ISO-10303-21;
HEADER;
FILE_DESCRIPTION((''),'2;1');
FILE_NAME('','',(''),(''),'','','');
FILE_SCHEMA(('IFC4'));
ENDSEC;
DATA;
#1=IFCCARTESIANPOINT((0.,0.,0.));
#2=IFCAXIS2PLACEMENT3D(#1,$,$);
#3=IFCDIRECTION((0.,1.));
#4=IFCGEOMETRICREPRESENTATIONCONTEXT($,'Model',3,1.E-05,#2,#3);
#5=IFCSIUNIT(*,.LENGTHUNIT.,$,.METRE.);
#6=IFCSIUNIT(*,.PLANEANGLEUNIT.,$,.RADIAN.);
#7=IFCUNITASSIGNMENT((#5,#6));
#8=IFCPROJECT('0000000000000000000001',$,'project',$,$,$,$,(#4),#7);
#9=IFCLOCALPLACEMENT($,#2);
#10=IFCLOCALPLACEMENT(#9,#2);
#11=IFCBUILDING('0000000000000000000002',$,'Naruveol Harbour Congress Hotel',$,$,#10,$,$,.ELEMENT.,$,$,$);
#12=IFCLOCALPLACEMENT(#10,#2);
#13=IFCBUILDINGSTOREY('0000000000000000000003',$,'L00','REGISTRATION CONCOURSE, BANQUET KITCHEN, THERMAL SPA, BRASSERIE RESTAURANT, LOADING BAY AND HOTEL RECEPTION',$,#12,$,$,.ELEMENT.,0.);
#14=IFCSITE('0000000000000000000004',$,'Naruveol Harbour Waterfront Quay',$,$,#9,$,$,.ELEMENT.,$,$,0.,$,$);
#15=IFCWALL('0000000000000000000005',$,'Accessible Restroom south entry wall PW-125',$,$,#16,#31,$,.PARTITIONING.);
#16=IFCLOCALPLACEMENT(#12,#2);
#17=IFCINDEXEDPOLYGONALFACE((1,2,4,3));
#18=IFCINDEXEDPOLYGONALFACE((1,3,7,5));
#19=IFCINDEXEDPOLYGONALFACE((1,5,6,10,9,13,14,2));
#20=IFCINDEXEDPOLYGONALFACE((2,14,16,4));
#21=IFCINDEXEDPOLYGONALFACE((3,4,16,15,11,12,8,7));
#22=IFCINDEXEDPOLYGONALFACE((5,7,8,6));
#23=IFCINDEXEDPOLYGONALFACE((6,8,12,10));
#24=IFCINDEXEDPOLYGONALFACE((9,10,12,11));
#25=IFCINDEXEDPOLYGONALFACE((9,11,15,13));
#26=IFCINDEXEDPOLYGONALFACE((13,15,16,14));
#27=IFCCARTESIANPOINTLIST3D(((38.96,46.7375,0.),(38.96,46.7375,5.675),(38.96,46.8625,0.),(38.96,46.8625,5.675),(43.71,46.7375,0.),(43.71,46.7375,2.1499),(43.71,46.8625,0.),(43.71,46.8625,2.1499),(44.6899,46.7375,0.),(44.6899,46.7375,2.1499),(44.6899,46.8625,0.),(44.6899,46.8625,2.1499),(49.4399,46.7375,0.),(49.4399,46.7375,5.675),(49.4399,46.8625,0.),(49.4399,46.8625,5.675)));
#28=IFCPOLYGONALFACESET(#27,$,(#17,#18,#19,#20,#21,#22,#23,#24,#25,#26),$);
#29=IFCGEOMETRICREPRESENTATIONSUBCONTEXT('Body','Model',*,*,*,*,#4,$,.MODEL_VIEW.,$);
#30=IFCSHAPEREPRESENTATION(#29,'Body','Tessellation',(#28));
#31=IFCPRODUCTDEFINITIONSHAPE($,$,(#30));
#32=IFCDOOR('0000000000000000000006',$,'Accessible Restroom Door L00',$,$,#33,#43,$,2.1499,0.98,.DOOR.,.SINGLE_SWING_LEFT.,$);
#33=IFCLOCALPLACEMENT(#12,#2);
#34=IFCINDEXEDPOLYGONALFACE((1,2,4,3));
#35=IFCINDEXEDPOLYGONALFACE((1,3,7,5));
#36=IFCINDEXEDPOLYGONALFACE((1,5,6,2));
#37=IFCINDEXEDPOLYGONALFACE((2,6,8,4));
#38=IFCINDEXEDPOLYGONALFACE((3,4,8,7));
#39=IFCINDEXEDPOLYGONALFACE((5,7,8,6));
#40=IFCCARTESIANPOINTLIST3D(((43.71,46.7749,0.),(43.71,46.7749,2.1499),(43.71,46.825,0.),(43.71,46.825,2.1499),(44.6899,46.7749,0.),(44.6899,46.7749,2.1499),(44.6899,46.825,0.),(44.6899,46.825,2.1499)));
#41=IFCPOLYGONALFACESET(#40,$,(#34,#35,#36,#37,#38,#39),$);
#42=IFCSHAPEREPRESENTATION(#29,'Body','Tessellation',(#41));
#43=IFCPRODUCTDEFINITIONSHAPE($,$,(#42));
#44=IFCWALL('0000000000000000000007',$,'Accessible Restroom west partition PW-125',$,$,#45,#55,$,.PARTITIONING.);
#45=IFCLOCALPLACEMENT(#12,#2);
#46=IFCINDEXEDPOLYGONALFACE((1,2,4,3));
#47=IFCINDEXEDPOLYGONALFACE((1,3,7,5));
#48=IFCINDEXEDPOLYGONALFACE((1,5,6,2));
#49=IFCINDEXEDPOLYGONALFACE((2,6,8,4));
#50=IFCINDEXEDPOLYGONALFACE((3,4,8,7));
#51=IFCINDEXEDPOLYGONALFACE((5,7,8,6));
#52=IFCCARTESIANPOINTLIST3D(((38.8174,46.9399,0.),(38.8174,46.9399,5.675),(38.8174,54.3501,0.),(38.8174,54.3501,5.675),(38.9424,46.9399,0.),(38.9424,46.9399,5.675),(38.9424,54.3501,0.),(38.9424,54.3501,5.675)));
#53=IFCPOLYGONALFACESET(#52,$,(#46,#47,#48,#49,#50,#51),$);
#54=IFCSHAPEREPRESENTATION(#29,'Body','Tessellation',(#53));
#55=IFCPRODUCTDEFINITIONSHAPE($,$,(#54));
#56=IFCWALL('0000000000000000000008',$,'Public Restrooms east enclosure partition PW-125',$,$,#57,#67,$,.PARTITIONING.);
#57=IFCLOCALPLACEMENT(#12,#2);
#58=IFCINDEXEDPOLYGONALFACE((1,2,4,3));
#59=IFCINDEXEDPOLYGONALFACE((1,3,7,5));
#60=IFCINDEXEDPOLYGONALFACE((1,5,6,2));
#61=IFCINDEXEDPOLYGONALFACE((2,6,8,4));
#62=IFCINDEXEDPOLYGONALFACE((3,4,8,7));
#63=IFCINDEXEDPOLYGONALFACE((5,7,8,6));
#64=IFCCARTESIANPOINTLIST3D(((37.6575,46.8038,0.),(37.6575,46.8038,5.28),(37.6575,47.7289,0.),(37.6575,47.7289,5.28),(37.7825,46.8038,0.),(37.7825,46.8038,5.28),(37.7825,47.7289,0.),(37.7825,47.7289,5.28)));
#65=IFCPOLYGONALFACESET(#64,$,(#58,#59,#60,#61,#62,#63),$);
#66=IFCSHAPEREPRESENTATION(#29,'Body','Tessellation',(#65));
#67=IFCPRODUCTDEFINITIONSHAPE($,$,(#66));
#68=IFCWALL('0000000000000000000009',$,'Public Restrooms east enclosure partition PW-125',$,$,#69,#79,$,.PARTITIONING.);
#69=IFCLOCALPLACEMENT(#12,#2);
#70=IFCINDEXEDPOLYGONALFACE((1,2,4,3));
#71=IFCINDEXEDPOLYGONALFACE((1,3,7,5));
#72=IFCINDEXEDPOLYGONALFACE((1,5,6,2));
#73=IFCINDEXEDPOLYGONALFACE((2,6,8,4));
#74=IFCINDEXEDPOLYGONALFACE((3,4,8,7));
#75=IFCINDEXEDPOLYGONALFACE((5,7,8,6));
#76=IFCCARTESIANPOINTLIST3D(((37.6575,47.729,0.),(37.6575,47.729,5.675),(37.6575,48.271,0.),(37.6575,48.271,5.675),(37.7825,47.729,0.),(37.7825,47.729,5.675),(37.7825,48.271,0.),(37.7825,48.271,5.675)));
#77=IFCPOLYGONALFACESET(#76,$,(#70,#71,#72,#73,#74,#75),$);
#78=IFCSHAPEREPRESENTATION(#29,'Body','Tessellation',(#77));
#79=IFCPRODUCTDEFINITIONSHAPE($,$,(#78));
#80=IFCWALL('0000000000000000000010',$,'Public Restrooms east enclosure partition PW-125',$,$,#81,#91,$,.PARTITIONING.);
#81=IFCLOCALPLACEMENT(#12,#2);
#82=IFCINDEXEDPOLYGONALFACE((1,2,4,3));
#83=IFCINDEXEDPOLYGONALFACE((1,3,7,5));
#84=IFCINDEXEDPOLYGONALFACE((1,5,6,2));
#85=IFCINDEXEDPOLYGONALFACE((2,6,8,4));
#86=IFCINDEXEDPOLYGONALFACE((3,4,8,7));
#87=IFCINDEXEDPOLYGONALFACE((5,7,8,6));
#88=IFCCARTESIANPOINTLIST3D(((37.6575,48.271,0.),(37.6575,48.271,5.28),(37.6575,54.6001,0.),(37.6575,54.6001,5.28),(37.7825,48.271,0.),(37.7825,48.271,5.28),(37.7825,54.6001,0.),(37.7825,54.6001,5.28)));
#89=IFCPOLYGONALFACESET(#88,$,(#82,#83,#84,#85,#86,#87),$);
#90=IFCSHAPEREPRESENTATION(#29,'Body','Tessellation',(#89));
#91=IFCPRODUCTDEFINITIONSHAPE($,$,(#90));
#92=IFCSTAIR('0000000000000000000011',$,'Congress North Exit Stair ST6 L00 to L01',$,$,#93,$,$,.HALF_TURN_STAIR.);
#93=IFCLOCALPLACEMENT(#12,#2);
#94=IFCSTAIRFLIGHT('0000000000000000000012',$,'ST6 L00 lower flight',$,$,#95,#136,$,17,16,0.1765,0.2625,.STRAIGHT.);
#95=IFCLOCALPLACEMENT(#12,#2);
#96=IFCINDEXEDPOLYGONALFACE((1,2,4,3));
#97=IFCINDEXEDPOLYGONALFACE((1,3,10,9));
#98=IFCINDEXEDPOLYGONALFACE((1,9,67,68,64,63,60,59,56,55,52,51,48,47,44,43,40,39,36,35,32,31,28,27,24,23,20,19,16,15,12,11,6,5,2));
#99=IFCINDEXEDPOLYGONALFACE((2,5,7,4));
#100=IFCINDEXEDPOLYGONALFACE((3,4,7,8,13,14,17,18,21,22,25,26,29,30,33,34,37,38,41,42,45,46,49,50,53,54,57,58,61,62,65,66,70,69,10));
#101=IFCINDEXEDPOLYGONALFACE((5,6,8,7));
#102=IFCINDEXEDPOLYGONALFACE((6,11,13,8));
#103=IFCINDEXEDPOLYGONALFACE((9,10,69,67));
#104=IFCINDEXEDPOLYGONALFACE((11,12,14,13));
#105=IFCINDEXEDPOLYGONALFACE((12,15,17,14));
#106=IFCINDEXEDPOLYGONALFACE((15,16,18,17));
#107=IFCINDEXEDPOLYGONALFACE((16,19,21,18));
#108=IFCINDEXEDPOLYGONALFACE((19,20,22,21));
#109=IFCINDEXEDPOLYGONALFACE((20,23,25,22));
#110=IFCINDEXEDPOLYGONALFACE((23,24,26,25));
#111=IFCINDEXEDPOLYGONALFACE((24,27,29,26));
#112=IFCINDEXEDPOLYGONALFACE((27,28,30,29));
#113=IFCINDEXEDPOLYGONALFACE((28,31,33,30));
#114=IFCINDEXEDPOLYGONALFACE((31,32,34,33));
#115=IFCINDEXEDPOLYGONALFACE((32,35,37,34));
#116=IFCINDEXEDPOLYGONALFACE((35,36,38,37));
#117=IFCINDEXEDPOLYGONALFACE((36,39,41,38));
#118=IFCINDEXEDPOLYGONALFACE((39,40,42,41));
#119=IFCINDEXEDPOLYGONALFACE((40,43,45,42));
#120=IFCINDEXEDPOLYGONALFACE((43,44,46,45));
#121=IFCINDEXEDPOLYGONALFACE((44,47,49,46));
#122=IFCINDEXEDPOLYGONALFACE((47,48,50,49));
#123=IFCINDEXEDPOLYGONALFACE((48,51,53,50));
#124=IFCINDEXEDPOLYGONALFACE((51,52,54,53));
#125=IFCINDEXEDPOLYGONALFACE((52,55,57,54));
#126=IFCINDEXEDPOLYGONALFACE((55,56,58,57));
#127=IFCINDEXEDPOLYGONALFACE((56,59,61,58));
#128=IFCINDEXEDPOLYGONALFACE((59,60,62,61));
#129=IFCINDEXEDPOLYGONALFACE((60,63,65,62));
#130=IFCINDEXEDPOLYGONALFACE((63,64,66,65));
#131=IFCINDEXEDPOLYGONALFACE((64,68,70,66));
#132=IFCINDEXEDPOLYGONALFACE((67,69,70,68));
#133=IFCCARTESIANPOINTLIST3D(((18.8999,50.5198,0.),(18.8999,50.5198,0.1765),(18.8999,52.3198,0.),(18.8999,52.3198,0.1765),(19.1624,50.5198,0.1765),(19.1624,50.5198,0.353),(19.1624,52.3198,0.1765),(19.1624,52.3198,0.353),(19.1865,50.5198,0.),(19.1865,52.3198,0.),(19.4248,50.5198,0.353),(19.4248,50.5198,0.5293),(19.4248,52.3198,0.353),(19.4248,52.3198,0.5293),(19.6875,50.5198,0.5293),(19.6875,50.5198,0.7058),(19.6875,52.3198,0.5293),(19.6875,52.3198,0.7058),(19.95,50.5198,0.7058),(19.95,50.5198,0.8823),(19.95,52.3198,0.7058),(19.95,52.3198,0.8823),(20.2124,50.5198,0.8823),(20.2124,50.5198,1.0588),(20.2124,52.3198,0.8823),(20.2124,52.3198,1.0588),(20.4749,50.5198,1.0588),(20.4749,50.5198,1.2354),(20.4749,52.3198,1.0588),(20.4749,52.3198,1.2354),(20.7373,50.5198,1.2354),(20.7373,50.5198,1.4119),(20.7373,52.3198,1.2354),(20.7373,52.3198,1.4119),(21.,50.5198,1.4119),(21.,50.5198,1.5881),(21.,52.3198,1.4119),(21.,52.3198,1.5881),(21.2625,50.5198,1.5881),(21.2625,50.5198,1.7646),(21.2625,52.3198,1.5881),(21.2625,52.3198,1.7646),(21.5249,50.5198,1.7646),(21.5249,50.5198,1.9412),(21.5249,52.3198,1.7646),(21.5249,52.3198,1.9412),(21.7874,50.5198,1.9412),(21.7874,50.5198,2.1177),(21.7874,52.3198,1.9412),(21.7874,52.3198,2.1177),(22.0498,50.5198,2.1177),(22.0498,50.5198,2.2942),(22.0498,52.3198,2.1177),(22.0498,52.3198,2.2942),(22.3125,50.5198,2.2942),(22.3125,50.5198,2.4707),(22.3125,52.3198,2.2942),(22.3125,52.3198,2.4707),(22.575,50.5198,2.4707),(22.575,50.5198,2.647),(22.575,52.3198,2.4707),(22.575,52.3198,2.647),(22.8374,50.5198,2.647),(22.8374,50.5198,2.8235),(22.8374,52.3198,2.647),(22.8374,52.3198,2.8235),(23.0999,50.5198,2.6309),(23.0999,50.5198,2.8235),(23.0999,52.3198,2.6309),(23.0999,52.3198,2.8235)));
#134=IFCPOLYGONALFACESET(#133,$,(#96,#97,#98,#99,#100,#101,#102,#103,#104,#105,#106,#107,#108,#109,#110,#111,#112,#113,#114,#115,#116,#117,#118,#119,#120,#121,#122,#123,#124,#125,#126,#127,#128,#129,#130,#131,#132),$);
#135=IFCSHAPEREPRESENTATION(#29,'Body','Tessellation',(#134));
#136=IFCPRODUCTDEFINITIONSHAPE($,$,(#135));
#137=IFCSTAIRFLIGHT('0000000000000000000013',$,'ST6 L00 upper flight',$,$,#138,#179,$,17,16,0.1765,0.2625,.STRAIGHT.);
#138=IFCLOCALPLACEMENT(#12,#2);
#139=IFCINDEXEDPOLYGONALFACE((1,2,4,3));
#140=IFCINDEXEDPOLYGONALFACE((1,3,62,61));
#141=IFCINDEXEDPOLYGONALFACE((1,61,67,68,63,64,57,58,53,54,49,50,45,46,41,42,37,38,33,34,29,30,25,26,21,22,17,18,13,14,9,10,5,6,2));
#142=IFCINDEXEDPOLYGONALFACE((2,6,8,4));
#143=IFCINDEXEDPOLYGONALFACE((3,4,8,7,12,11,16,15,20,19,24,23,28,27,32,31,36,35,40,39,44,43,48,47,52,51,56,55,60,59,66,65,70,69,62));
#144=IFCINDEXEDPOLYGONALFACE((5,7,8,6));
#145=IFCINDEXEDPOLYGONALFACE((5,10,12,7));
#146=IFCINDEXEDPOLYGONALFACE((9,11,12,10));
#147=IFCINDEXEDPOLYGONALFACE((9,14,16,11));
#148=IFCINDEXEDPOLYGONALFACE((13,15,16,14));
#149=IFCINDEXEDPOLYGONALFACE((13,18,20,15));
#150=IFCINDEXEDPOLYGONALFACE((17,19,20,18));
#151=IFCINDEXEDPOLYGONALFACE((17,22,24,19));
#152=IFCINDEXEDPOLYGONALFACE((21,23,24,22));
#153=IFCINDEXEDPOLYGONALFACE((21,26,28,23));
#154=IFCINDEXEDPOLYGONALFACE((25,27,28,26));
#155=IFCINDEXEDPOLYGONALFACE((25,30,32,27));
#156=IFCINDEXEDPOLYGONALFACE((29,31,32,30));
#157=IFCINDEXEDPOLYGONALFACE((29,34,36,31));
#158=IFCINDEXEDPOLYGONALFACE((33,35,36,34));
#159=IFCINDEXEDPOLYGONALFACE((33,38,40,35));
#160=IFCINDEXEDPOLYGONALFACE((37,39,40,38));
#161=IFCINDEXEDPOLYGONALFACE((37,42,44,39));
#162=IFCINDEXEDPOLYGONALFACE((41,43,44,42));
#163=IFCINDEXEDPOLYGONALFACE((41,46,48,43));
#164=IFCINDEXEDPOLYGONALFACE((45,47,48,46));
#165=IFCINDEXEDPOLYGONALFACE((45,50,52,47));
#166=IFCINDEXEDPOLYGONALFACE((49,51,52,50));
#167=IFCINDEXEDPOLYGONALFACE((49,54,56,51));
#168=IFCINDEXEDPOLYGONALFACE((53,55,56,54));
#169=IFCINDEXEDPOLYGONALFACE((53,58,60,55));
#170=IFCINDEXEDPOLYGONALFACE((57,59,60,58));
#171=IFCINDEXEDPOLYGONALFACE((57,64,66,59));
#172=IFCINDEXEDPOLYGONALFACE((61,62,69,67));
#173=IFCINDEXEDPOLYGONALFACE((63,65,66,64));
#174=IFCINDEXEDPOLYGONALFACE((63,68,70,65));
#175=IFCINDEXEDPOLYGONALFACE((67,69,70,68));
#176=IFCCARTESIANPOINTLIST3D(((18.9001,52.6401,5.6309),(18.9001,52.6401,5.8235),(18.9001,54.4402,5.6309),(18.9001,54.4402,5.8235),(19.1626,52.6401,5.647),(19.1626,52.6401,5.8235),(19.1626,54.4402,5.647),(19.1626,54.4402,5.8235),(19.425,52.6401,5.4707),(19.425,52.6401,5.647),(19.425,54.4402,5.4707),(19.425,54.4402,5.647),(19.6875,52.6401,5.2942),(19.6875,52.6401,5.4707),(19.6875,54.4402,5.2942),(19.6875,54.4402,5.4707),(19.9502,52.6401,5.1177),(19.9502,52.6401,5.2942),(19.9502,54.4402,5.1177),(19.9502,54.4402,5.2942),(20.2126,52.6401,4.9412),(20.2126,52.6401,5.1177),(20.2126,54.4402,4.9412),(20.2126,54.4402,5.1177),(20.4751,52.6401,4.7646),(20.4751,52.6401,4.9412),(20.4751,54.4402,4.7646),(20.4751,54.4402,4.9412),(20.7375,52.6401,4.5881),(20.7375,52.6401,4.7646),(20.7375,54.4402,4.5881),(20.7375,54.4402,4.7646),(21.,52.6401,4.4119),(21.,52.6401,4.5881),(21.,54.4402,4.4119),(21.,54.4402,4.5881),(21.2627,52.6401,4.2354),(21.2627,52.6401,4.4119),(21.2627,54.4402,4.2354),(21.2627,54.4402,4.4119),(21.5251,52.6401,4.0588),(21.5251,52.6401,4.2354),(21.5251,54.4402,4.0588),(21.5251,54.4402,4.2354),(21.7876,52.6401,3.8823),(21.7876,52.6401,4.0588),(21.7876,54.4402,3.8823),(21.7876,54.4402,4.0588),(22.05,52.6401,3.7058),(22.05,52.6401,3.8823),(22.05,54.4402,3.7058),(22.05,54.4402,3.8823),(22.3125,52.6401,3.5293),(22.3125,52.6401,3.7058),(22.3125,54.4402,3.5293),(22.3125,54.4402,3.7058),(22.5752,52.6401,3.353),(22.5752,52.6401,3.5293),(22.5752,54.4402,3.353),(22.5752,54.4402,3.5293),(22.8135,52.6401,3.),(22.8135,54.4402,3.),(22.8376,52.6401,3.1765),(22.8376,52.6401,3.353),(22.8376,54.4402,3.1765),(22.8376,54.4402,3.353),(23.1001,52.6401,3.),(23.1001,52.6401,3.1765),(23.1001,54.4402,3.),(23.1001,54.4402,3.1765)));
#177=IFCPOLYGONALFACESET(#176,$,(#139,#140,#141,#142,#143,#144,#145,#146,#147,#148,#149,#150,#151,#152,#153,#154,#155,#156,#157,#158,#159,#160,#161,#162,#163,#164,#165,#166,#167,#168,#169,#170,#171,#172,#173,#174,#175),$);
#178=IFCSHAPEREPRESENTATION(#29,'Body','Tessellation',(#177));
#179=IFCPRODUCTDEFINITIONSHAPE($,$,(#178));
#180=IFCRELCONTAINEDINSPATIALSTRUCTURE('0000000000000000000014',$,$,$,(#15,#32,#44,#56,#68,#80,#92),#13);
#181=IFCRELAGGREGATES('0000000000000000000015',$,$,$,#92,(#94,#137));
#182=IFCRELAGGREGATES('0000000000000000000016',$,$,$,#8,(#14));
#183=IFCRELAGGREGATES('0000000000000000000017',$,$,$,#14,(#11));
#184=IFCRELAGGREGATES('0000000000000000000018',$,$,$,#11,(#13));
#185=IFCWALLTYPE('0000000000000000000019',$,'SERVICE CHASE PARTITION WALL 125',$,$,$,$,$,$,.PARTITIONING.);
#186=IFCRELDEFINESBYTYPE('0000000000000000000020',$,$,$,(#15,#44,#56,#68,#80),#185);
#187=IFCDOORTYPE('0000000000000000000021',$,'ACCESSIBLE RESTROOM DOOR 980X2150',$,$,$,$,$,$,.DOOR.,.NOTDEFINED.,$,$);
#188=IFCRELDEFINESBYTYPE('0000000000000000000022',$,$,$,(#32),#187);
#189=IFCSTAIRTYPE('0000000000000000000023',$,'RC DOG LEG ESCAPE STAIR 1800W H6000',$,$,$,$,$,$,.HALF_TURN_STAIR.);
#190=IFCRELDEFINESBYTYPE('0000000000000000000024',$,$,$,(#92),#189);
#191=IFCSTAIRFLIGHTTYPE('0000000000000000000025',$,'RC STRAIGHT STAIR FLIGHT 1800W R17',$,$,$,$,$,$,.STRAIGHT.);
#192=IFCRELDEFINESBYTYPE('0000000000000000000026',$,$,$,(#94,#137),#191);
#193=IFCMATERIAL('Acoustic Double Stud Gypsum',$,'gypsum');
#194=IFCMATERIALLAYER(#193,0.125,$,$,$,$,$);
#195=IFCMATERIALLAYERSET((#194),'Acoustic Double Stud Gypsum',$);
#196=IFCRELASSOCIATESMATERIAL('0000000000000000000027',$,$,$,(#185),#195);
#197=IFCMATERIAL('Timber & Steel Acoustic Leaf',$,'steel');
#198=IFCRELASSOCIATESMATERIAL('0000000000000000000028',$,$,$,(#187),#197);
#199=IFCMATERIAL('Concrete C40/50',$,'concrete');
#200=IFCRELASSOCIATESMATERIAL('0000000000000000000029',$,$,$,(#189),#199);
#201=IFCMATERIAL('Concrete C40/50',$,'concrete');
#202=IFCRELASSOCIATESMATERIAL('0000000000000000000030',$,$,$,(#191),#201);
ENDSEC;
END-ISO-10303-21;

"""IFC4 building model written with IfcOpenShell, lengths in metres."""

from ifc_helpers import new_model, si_unit, direction, frame, frame_2d, origin, place, context, subcontext, project, spatial, polyline, rectangle, outline, extrude, material, layer, layer_set, type_object, element, fill, aggregate, save


model = new_model("IFC4")

# Units and contexts
model_context = context("Model", 3, precision=1e-05, world=origin(), true_north=direction((0.0, 1.0)))
body_context = subcontext(model_context, "Body", "Model", "MODEL_VIEW")
ifc_project = project(units=[si_unit("LENGTHUNIT", "METRE"), si_unit("PLANEANGLEUNIT", "RADIAN")], contexts=[model_context])

# Site, building, storey
site_placement = place(None, origin())
site = spatial("IfcSite", under=ifc_project, at=site_placement, Name="Naruveol Harbour Waterfront Quay", CompositionType="ELEMENT", RefElevation=0.0)
building_placement = place(site_placement, origin())
building = spatial("IfcBuilding", under=site, at=building_placement, Name="Naruveol Harbour Congress Hotel", CompositionType="ELEMENT")
storey_placement = place(building_placement, origin())
storey = spatial("IfcBuildingStorey", under=building, at=storey_placement, Name="L00", Description="REGISTRATION CONCOURSE, BANQUET KITCHEN, THERMAL SPA, BRASSERIE RESTAURANT, LOADING BAY AND HOTEL RECEPTION", CompositionType="ELEMENT", Elevation=0.0)

# Shared definitions
ifc_material_1 = material(Name="Acoustic Double Stud Gypsum", Category="gypsum")
ifc_layer_1 = layer(ifc_material_1, 0.125)
ifc_layer_set_1 = layer_set([ifc_layer_1], Name="Acoustic Double Stud Gypsum")
wall_type_1 = type_object("IfcWallType", Name="SERVICE CHASE PARTITION WALL 125", PredefinedType="PARTITIONING", material=ifc_layer_set_1)

# Wall, opening, door
wall_1_placement = place(storey_placement, frame((38.96, 46.8, 0.0), z_axis=(0.0, 0.0, 1.0), x_axis=(1.0, 0.0, 0.0)))
wall_1 = element("IfcWall", 1, at=wall_1_placement, inside=storey, type_object=wall_type_1, Name="Accessible Restroom south entry wall PW-125", PredefinedType="PARTITIONING", context=body_context, shape_type="SweptSolid", body=[
    extrude(rectangle(XDim=10.48, YDim=0.125, at=frame_2d((5.24, 0.0))), origin(), (0.0, 0.0, 1.0), 5.675),
])
opening_1_placement = place(wall_1_placement, frame((4.75, 0.0, 0.0)))
opening_1 = element("IfcOpeningElement", 2, at=opening_1_placement, cuts=wall_1, PredefinedType="OPENING", context=body_context, shape_type="SweptSolid", body=[
    extrude(rectangle(XDim=0.98, YDim=2.1499, at=frame_2d((0.49, 1.075))), frame((0.0, 0.0725, 0.0), z_axis=(0.0, -1.0, 0.0), x_axis=(1.0, 0.0, 0.0)), (0.0, 0.0, 1.0), 0.145),
])
ifc_material_2 = material(Name="Timber & Steel Acoustic Leaf", Category="steel")
door_type_1 = type_object("IfcDoorType", Name="ACCESSIBLE RESTROOM DOOR 980X2150", OperationType="NOTDEFINED", PredefinedType="DOOR", material=ifc_material_2)
door_1_placement = place(opening_1_placement, origin())
door_1 = element("IfcDoor", 3, at=door_1_placement, inside=storey, type_object=door_type_1, Name="Accessible Restroom Door L00", OperationType="SINGLE_SWING_LEFT", OverallHeight=2.1499, OverallWidth=0.98, PredefinedType="DOOR", context=body_context, shape_type="SweptSolid", body=[
    extrude(rectangle(XDim=0.98, YDim=2.1499, at=frame_2d((0.49, 1.075))), frame((0.0, 0.0249, 0.0), z_axis=(0.0, -1.0, 0.0), x_axis=(1.0, 0.0, 0.0)), (0.0, 0.0, 1.0), 0.05),
])
fill(opening_1, door_1)

# Walls
wall_2_placement = place(storey_placement, frame((38.8799, 46.9399, 0.0), z_axis=(0.0, 0.0, 1.0), x_axis=(0.0, 1.0, 0.0)))
element("IfcWall", 4, at=wall_2_placement, inside=storey, type_object=wall_type_1, Name="Accessible Restroom west partition PW-125", PredefinedType="PARTITIONING", context=body_context, shape_type="SweptSolid", body=[
    extrude(rectangle(XDim=7.4102, YDim=0.125, at=frame_2d((3.7051, 0.0))), origin(), (0.0, 0.0, 1.0), 5.675),
])
wall_3_placement = place(storey_placement, frame((37.72, 46.804, 0.0), z_axis=(0.0, 0.0, 1.0), x_axis=(0.0, 1.0, 0.0)))
element("IfcWall", 5, at=wall_3_placement, inside=storey, type_object=wall_type_1, Name="Public Restrooms east enclosure partition PW-125", PredefinedType="PARTITIONING", context=body_context, shape_type="SweptSolid", body=[
    extrude(rectangle(XDim=0.925, YDim=0.125, at=frame_2d((0.4624, 0.0))), origin(), (0.0, 0.0, 1.0), 5.28),
])
wall_4_placement = place(storey_placement, frame((37.72, 47.729, 0.0), z_axis=(0.0, 0.0, 1.0), x_axis=(0.0, 1.0, 0.0)))
element("IfcWall", 6, at=wall_4_placement, inside=storey, type_object=wall_type_1, Name="Public Restrooms east enclosure partition PW-125", PredefinedType="PARTITIONING", context=body_context, shape_type="SweptSolid", body=[
    extrude(rectangle(XDim=0.542, YDim=0.125, at=frame_2d((0.271, 0.0))), origin(), (0.0, 0.0, 1.0), 5.675),
])
wall_5_placement = place(storey_placement, frame((37.72, 48.271, 0.0), z_axis=(0.0, 0.0, 1.0), x_axis=(0.0, 1.0, 0.0)))
element("IfcWall", 7, at=wall_5_placement, inside=storey, type_object=wall_type_1, Name="Public Restrooms east enclosure partition PW-125", PredefinedType="PARTITIONING", context=body_context, shape_type="SweptSolid", body=[
    extrude(rectangle(XDim=6.3291, YDim=0.125, at=frame_2d((3.1646, 0.0))), origin(), (0.0, 0.0, 1.0), 5.28),
])

# Stair, stair flights
ifc_material_3 = material(Name="Concrete C40/50", Category="concrete")
stair_type = type_object("IfcStairType", Name="RC DOG LEG ESCAPE STAIR 1800W H6000", PredefinedType="HALF_TURN_STAIR", material=ifc_material_3)
stair_placement = place(storey_placement, origin())
stair = element("IfcStair", 8, at=stair_placement, inside=storey, type_object=stair_type, Name="Congress North Exit Stair ST6 L00 to L01", PredefinedType="HALF_TURN_STAIR")
ifc_material_4 = material(Name="Concrete C40/50", Category="concrete")
stair_flight_type = type_object("IfcStairFlightType", Name="RC STRAIGHT STAIR FLIGHT 1800W R17", PredefinedType="STRAIGHT", material=ifc_material_4)
stair_flight_1_placement = place(storey_placement, frame((18.8999, 51.4199, 0.0), z_axis=(0.0, 0.0, 1.0), x_axis=(1.0, 0.0, 0.0)))
stair_flight_1 = element("IfcStairFlight", 9, at=stair_flight_1_placement, type_object=stair_flight_type, Name="ST6 L00 lower flight", NumberOfRisers=17, NumberOfTreads=16, PredefinedType="STRAIGHT", RiserHeight=0.1765, TreadLength=0.2625, context=body_context, shape_type="SweptSolid", body=[
    extrude(outline(polyline([(0.0, 0.0), (0.0, 0.1765), (0.2625, 0.1765), (0.2625, 0.353), (0.5249, 0.353), (0.5249, 0.5293), (0.7876, 0.5293), (0.7876, 0.7058), (1.05, 0.7058), (1.05, 0.8823), (1.3125, 0.8823), (1.3125, 1.0588), (1.575, 1.0588), (1.575, 1.2354), (1.8374, 1.2354), (1.8374, 1.4119), (2.1001, 1.4119), (2.1001, 1.5881), (2.3625, 1.5881), (2.3625, 1.7646), (2.625, 1.7646), (2.625, 1.9412), (2.8875, 1.9412), (2.8875, 2.1177), (3.1499, 2.1177), (3.1499, 2.2942), (3.4126, 2.2942), (3.4126, 2.4707), (3.675, 2.4707), (3.675, 2.647), (3.9375, 2.647), (3.9375, 2.8235), (4.2, 2.8235), (4.2, 3.0), (4.2, 2.6309), (0.2866, 0.0), (0.0, 0.0)])), frame((0.0, 0.8999, 0.0), z_axis=(0.0, -1.0, 0.0), x_axis=(1.0, 0.0, 0.0)), (0.0, 0.0, 1.0), 1.8),
])
stair_flight_2_placement = place(storey_placement, frame((23.1001, 53.54, 3.0), z_axis=(0.0, 0.0, 1.0), x_axis=(-1.0, 0.0, 0.0)))
stair_flight_2 = element("IfcStairFlight", 10, at=stair_flight_2_placement, type_object=stair_flight_type, Name="ST6 L00 upper flight", NumberOfRisers=17, NumberOfTreads=16, PredefinedType="STRAIGHT", RiserHeight=0.1765, TreadLength=0.2625, context=body_context, shape_type="SweptSolid", body=[
    extrude(outline(polyline([(0.0, 0.0), (0.0, 0.1765), (0.2625, 0.1765), (0.2625, 0.353), (0.5249, 0.353), (0.5249, 0.5293), (0.7876, 0.5293), (0.7876, 0.7058), (1.05, 0.7058), (1.05, 0.8823), (1.3125, 0.8823), (1.3125, 1.0588), (1.575, 1.0588), (1.575, 1.2354), (1.8374, 1.2354), (1.8374, 1.4119), (2.1001, 1.4119), (2.1001, 1.5881), (2.3625, 1.5881), (2.3625, 1.7646), (2.625, 1.7646), (2.625, 1.9412), (2.8875, 1.9412), (2.8875, 2.1177), (3.1499, 2.1177), (3.1499, 2.2942), (3.4126, 2.2942), (3.4126, 2.4707), (3.675, 2.4707), (3.675, 2.647), (3.9375, 2.647), (3.9375, 2.8235), (4.2, 2.8235), (4.2, 3.0), (4.2, 2.6309), (0.2866, 0.0), (0.0, 0.0)])), frame((0.0, 0.8999, 0.0), z_axis=(0.0, -1.0, 0.0), x_axis=(1.0, 0.0, 0.0)), (0.0, 0.0, 1.0), 1.8),
])
aggregate(stair, [stair_flight_1, stair_flight_2])

save(model, "model.ifc")
